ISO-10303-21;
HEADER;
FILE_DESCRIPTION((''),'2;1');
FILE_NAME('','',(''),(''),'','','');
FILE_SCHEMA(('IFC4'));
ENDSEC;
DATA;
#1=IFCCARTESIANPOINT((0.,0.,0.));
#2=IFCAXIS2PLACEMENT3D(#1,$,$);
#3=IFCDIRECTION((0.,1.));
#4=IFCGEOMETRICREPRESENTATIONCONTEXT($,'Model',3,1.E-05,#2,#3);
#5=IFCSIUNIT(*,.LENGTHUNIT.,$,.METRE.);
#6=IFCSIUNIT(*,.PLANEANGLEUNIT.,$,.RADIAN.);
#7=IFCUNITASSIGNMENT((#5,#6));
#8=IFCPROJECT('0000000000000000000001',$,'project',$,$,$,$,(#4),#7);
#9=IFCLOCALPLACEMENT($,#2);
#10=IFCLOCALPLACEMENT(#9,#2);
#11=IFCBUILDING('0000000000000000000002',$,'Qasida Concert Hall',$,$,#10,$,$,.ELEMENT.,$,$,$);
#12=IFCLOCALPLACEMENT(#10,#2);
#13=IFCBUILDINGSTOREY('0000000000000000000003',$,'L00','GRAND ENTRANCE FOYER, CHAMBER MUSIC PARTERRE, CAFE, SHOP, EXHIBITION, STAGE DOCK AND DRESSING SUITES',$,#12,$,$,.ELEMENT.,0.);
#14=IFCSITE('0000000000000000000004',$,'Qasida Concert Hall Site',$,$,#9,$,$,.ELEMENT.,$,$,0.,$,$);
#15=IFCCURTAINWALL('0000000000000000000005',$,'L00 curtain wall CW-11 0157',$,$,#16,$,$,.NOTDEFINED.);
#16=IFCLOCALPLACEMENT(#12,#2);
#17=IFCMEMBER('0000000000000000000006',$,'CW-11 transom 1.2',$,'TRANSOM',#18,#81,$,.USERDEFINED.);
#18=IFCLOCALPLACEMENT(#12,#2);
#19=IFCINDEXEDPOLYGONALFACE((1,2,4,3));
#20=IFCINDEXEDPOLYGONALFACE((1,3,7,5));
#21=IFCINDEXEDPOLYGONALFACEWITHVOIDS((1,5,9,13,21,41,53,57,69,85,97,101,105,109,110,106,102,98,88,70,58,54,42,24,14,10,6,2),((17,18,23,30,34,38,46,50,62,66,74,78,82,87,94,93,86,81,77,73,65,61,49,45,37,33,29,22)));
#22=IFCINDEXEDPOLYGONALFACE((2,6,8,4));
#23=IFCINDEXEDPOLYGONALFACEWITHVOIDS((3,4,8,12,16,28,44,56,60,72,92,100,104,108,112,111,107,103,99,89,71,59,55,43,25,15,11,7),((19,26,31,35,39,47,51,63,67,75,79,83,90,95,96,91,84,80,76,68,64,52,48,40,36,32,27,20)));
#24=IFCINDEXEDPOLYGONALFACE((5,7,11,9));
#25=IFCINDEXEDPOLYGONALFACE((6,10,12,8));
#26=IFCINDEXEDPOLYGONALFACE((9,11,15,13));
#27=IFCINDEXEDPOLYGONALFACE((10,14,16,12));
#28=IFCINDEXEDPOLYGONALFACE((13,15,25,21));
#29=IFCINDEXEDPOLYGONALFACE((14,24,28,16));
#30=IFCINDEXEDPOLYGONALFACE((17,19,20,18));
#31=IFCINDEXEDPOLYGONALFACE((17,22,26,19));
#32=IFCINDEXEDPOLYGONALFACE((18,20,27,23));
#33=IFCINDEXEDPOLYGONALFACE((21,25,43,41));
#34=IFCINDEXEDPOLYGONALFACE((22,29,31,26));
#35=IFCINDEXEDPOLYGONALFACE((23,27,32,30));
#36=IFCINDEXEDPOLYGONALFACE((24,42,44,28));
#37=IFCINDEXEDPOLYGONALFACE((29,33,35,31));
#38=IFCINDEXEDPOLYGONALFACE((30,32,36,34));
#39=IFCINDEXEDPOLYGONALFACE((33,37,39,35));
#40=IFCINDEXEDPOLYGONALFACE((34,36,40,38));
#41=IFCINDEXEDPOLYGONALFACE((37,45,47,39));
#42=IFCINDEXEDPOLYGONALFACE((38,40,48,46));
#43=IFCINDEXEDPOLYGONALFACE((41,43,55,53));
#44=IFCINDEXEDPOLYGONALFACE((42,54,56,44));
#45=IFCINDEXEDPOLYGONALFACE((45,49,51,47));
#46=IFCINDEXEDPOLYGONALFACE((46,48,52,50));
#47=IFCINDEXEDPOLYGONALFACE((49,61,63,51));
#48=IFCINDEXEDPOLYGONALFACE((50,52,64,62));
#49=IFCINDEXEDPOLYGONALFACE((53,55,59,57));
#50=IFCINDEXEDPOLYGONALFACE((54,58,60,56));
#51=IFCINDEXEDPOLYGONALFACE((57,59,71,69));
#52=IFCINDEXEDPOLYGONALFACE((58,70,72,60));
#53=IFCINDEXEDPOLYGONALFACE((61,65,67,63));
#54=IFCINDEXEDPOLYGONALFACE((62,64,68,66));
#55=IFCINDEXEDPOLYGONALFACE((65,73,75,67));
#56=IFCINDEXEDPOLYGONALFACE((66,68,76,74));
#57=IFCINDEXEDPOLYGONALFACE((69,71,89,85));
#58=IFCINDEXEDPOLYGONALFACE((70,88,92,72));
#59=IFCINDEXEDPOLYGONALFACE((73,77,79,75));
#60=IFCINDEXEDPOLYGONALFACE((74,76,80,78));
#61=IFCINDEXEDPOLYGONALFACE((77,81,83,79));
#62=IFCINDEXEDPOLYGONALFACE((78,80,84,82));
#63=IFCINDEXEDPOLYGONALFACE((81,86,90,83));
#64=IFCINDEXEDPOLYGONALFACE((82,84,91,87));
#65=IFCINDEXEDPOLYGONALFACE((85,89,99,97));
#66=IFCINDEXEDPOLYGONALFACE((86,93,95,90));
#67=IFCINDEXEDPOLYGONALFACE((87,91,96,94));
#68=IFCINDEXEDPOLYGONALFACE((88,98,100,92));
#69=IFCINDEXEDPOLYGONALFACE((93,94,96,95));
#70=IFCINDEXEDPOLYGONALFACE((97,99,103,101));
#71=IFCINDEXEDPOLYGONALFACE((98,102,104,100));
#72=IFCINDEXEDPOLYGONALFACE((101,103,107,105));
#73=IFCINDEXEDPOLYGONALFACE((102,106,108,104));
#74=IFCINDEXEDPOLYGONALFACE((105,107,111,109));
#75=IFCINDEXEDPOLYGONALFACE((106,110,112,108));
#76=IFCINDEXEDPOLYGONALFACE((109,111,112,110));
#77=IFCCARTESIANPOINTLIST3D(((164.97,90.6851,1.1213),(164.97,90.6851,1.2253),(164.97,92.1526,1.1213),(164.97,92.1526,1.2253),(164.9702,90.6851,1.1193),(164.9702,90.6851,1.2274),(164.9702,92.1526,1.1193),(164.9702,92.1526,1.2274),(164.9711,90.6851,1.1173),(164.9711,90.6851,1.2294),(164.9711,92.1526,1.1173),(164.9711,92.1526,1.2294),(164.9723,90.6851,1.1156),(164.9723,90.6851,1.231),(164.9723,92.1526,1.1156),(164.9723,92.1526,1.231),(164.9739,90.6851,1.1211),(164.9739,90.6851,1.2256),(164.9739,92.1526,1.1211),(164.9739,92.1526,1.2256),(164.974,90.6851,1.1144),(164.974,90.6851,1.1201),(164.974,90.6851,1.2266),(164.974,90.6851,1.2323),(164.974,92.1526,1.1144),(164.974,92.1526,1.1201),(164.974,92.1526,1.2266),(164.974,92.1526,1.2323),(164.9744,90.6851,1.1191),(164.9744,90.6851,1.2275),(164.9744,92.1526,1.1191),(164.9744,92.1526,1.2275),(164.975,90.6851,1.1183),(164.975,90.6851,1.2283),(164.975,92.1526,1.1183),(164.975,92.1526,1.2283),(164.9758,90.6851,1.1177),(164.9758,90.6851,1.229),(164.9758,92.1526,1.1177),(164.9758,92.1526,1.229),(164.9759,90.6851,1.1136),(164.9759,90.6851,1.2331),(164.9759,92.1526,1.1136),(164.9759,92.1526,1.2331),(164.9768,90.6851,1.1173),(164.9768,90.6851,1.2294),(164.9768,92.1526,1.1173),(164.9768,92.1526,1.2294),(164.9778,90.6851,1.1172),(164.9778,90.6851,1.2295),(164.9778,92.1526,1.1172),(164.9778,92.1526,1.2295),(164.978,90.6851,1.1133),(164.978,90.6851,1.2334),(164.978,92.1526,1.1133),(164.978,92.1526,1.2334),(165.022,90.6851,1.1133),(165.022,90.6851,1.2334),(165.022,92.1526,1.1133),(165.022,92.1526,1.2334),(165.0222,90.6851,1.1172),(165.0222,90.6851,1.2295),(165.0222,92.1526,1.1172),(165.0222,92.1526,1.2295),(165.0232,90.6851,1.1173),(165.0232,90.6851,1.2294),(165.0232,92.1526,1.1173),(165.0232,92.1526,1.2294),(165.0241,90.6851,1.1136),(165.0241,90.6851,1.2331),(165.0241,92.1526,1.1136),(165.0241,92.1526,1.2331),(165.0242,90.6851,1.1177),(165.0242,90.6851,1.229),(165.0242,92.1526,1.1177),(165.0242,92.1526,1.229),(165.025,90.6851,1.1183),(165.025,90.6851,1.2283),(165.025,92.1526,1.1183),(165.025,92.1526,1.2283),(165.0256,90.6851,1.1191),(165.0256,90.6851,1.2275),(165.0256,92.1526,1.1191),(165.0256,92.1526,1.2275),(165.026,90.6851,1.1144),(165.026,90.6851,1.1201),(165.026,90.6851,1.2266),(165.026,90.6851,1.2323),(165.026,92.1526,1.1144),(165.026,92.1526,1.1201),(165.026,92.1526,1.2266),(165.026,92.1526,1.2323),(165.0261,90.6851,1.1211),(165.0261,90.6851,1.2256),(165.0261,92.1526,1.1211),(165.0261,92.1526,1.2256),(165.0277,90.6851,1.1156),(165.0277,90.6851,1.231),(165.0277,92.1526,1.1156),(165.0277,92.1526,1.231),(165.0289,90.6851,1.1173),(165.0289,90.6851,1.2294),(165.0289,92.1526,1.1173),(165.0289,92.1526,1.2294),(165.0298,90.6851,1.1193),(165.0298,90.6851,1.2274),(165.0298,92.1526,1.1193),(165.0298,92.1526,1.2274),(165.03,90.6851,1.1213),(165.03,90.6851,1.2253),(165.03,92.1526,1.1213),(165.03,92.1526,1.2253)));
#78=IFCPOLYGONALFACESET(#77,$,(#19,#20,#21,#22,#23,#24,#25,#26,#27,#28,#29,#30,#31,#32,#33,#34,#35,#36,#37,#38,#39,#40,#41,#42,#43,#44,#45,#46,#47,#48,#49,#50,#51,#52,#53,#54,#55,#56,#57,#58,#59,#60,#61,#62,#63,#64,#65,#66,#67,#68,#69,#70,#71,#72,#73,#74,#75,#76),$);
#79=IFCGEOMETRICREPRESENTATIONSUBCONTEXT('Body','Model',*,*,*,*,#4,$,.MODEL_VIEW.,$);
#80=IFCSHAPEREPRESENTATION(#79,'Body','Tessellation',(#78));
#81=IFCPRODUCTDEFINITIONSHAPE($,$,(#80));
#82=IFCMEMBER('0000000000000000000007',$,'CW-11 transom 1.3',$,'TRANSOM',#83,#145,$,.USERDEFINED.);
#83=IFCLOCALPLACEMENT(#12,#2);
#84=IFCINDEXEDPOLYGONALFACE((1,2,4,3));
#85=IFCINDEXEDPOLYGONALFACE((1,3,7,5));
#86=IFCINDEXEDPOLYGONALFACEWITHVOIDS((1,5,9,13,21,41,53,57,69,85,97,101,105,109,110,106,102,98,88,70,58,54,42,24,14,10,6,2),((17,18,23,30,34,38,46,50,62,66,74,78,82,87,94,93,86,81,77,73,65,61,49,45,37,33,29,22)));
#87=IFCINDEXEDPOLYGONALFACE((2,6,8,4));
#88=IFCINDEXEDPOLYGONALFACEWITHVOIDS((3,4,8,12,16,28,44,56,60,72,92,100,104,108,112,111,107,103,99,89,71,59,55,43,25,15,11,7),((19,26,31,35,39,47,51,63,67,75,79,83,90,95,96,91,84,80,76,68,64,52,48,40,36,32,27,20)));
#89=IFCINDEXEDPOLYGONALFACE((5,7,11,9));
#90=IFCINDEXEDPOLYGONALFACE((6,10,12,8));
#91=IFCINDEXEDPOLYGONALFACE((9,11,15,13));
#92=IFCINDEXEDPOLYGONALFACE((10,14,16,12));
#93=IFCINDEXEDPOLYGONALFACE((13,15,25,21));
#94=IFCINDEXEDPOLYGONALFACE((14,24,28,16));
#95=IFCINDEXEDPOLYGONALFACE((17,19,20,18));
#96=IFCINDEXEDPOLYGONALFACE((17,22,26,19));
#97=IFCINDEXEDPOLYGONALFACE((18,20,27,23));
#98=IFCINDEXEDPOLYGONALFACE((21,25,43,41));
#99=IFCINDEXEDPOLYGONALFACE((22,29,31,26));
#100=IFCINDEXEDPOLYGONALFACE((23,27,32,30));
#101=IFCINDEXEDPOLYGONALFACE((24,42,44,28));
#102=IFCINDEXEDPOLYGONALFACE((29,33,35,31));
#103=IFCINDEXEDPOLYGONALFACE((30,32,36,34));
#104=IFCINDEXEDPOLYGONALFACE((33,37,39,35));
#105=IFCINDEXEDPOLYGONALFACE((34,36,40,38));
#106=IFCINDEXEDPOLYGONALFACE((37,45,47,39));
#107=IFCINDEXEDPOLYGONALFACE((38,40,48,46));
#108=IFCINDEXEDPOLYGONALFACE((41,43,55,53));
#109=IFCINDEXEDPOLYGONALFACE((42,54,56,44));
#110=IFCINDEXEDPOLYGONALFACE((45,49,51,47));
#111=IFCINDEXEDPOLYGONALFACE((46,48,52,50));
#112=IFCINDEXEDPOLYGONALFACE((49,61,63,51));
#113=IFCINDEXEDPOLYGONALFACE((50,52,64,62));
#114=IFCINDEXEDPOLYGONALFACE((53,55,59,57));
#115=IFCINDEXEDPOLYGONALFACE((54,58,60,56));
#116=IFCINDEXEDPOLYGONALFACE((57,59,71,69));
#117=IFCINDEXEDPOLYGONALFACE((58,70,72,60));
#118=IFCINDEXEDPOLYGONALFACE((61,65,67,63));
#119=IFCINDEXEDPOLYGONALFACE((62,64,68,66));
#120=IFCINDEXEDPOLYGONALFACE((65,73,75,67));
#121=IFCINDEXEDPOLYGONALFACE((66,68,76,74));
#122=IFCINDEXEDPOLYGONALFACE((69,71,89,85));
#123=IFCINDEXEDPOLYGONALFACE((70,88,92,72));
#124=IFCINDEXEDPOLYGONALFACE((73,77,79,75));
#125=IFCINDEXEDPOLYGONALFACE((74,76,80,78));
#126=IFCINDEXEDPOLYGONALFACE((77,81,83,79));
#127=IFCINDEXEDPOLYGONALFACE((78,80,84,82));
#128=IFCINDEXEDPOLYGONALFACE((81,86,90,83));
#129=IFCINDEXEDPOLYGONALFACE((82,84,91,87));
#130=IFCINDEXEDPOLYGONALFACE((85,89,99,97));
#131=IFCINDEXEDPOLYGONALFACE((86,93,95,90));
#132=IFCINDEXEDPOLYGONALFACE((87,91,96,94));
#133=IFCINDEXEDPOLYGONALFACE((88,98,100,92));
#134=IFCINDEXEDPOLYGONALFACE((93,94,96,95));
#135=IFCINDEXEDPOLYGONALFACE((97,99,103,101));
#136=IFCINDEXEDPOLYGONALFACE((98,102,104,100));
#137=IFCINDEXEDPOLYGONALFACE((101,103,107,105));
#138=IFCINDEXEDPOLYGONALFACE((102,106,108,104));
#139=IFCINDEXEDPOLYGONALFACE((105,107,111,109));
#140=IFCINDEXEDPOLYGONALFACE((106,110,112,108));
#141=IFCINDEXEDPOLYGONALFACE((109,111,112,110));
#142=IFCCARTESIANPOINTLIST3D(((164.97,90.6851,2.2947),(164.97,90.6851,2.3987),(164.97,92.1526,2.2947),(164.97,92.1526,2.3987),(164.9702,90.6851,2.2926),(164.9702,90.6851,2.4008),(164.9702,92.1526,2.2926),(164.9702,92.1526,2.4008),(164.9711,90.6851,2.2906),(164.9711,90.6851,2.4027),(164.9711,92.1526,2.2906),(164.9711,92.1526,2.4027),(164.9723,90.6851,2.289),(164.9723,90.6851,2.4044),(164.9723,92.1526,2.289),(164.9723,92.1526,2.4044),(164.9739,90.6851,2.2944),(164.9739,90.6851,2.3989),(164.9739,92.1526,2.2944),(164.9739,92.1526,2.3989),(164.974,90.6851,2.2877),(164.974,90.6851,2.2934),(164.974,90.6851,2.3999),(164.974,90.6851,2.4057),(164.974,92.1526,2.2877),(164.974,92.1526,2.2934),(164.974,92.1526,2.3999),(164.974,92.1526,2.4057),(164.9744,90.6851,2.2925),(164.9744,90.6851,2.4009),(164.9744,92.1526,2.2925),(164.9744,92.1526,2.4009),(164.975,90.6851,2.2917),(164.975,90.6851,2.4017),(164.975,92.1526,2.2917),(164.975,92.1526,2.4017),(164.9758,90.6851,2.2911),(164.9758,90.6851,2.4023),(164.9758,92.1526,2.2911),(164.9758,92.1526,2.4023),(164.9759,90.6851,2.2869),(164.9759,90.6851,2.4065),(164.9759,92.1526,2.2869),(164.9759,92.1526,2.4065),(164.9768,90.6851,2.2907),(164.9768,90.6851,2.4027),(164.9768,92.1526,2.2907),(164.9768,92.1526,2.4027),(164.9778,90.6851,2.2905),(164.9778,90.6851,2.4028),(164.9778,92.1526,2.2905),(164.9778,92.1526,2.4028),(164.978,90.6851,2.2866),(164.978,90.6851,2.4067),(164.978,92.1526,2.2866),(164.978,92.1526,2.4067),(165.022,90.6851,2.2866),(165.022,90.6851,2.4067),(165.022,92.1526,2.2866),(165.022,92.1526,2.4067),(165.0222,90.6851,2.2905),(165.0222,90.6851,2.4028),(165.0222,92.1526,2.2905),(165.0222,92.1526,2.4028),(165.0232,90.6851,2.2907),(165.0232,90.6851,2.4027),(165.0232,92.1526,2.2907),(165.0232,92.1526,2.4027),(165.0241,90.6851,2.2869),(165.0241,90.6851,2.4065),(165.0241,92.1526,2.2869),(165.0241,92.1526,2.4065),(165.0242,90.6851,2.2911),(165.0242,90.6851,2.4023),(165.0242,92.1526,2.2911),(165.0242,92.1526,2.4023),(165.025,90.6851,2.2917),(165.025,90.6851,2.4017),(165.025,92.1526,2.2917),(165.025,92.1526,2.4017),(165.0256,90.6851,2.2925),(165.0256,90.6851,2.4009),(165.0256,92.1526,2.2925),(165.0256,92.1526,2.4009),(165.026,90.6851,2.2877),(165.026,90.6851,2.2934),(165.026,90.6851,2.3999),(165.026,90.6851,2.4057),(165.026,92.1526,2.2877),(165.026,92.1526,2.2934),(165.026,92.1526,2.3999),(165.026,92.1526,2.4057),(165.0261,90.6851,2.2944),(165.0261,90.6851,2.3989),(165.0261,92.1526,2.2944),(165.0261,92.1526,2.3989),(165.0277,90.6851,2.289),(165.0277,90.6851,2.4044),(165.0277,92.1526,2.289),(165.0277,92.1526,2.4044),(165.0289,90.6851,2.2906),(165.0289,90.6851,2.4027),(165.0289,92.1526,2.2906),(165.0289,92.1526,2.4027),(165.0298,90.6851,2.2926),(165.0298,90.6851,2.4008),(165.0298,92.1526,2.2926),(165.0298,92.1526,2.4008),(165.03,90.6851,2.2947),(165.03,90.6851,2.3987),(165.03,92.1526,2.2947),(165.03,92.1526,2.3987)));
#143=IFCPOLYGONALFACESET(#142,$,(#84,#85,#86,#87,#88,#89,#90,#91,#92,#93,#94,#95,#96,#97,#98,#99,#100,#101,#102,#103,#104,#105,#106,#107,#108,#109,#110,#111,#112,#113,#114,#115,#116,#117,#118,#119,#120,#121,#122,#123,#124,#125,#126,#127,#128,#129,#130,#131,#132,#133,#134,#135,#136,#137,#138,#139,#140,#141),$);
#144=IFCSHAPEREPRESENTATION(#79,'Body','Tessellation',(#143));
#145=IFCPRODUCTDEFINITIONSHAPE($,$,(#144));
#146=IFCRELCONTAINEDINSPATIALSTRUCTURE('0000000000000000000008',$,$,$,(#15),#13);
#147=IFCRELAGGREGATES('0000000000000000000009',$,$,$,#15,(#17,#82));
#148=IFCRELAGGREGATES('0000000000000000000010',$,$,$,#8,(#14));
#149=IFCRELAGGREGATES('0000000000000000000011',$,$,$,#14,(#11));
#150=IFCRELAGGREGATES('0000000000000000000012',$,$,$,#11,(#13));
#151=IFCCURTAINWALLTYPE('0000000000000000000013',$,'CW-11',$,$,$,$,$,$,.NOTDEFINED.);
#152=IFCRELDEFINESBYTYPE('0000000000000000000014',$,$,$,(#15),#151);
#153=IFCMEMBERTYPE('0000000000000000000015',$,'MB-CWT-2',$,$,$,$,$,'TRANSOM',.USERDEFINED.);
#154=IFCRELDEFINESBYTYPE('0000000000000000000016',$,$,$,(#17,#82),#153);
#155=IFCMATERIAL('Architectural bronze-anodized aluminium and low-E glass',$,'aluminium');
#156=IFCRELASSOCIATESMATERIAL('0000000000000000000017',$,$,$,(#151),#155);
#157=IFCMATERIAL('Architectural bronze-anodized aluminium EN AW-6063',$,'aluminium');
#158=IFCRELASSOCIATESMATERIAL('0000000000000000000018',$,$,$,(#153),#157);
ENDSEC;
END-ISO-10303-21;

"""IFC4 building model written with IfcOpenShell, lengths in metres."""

from ifc_helpers import new_model, si_unit, direction, frame, origin, origin_2d, place, context, subcontext, project, spatial, hollow_rectangle, extrude, material, material_profile, profile_set, type_object, element, aggregate, save


model = new_model("IFC4")

# Units and contexts
model_context = context("Model", 3, precision=1e-05, world=origin(), true_north=direction((0.0, 1.0)))
body_context = subcontext(model_context, "Body", "Model", "MODEL_VIEW")
ifc_project = project(units=[si_unit("LENGTHUNIT", "METRE"), si_unit("PLANEANGLEUNIT", "RADIAN")], contexts=[model_context])

# Site, building, storey
site_placement = place(None, origin())
site = spatial("IfcSite", under=ifc_project, at=site_placement, Name="Qasida Concert Hall Site", CompositionType="ELEMENT", RefElevation=0.0)
building_placement = place(site_placement, origin())
building = spatial("IfcBuilding", under=site, at=building_placement, Name="Qasida Concert Hall", CompositionType="ELEMENT")
storey_placement = place(building_placement, origin())
storey = spatial("IfcBuildingStorey", under=building, at=storey_placement, Name="L00", Description="GRAND ENTRANCE FOYER, CHAMBER MUSIC PARTERRE, CAFE, SHOP, EXHIBITION, STAGE DOCK AND DRESSING SUITES", CompositionType="ELEMENT", Elevation=0.0)

# Curtain wall, members
ifc_material_1 = material(Name="Architectural bronze-anodized aluminium and low-E glass", Category="aluminium")
curtain_wall_type = type_object("IfcCurtainWallType", Name="CW-11", PredefinedType="NOTDEFINED", material=ifc_material_1)
curtain_wall_placement = place(storey_placement, origin())
curtain_wall = element("IfcCurtainWall", 1, at=curtain_wall_placement, inside=storey, type_object=curtain_wall_type, Name="L00 curtain wall CW-11 0157", PredefinedType="NOTDEFINED")
ifc_material_2 = material(Name="Architectural bronze-anodized aluminium EN AW-6063", Category="aluminium")
ifc_material_profile_1 = material_profile(ifc_material_2, hollow_rectangle(XDim=0.0601, YDim=0.1201, WallThickness=0.0039, InnerFilletRadius=0.0039, OuterFilletRadius=0.0081, at=origin_2d()), Name="CWT 120x60x4")
ifc_profile_set_1 = profile_set([ifc_material_profile_1], Name="Architectural bronze-anodized aluminium EN AW-6063")
member_type_1 = type_object("IfcMemberType", Name="MB-CWT-2", ElementType="TRANSOM", PredefinedType="USERDEFINED", material=ifc_profile_set_1)
member_1_placement = place(storey_placement, frame((165.0, 90.6851, 1.1733), z_axis=(0.0, 1.0, 0.0), x_axis=(-1.0, 0.0, 0.0)))
member_1 = element("IfcMember", 2, at=member_1_placement, type_object=member_type_1, Name="CW-11 transom 1.2", ObjectType="TRANSOM", PredefinedType="USERDEFINED", context=body_context, shape_type="SweptSolid", body=[
    extrude(hollow_rectangle(XDim=0.0601, YDim=0.1201, WallThickness=0.0039, InnerFilletRadius=0.0039, OuterFilletRadius=0.0081, at=origin_2d()), origin(), (0.0, 0.0, 1.0), 1.4675),
])
member_2_placement = place(storey_placement, frame((165.0, 90.6851, 2.3467), z_axis=(0.0, 1.0, 0.0), x_axis=(-1.0, 0.0, 0.0)))
member_2 = element("IfcMember", 3, at=member_2_placement, type_object=member_type_1, Name="CW-11 transom 1.3", ObjectType="TRANSOM", PredefinedType="USERDEFINED", context=body_context, shape_type="SweptSolid", body=[
    extrude(hollow_rectangle(XDim=0.0601, YDim=0.1201, WallThickness=0.0039, InnerFilletRadius=0.0039, OuterFilletRadius=0.0081, at=origin_2d()), origin(), (0.0, 0.0, 1.0), 1.4675),
])
aggregate(curtain_wall, [member_1, member_2])

save(model, "model.ifc")
